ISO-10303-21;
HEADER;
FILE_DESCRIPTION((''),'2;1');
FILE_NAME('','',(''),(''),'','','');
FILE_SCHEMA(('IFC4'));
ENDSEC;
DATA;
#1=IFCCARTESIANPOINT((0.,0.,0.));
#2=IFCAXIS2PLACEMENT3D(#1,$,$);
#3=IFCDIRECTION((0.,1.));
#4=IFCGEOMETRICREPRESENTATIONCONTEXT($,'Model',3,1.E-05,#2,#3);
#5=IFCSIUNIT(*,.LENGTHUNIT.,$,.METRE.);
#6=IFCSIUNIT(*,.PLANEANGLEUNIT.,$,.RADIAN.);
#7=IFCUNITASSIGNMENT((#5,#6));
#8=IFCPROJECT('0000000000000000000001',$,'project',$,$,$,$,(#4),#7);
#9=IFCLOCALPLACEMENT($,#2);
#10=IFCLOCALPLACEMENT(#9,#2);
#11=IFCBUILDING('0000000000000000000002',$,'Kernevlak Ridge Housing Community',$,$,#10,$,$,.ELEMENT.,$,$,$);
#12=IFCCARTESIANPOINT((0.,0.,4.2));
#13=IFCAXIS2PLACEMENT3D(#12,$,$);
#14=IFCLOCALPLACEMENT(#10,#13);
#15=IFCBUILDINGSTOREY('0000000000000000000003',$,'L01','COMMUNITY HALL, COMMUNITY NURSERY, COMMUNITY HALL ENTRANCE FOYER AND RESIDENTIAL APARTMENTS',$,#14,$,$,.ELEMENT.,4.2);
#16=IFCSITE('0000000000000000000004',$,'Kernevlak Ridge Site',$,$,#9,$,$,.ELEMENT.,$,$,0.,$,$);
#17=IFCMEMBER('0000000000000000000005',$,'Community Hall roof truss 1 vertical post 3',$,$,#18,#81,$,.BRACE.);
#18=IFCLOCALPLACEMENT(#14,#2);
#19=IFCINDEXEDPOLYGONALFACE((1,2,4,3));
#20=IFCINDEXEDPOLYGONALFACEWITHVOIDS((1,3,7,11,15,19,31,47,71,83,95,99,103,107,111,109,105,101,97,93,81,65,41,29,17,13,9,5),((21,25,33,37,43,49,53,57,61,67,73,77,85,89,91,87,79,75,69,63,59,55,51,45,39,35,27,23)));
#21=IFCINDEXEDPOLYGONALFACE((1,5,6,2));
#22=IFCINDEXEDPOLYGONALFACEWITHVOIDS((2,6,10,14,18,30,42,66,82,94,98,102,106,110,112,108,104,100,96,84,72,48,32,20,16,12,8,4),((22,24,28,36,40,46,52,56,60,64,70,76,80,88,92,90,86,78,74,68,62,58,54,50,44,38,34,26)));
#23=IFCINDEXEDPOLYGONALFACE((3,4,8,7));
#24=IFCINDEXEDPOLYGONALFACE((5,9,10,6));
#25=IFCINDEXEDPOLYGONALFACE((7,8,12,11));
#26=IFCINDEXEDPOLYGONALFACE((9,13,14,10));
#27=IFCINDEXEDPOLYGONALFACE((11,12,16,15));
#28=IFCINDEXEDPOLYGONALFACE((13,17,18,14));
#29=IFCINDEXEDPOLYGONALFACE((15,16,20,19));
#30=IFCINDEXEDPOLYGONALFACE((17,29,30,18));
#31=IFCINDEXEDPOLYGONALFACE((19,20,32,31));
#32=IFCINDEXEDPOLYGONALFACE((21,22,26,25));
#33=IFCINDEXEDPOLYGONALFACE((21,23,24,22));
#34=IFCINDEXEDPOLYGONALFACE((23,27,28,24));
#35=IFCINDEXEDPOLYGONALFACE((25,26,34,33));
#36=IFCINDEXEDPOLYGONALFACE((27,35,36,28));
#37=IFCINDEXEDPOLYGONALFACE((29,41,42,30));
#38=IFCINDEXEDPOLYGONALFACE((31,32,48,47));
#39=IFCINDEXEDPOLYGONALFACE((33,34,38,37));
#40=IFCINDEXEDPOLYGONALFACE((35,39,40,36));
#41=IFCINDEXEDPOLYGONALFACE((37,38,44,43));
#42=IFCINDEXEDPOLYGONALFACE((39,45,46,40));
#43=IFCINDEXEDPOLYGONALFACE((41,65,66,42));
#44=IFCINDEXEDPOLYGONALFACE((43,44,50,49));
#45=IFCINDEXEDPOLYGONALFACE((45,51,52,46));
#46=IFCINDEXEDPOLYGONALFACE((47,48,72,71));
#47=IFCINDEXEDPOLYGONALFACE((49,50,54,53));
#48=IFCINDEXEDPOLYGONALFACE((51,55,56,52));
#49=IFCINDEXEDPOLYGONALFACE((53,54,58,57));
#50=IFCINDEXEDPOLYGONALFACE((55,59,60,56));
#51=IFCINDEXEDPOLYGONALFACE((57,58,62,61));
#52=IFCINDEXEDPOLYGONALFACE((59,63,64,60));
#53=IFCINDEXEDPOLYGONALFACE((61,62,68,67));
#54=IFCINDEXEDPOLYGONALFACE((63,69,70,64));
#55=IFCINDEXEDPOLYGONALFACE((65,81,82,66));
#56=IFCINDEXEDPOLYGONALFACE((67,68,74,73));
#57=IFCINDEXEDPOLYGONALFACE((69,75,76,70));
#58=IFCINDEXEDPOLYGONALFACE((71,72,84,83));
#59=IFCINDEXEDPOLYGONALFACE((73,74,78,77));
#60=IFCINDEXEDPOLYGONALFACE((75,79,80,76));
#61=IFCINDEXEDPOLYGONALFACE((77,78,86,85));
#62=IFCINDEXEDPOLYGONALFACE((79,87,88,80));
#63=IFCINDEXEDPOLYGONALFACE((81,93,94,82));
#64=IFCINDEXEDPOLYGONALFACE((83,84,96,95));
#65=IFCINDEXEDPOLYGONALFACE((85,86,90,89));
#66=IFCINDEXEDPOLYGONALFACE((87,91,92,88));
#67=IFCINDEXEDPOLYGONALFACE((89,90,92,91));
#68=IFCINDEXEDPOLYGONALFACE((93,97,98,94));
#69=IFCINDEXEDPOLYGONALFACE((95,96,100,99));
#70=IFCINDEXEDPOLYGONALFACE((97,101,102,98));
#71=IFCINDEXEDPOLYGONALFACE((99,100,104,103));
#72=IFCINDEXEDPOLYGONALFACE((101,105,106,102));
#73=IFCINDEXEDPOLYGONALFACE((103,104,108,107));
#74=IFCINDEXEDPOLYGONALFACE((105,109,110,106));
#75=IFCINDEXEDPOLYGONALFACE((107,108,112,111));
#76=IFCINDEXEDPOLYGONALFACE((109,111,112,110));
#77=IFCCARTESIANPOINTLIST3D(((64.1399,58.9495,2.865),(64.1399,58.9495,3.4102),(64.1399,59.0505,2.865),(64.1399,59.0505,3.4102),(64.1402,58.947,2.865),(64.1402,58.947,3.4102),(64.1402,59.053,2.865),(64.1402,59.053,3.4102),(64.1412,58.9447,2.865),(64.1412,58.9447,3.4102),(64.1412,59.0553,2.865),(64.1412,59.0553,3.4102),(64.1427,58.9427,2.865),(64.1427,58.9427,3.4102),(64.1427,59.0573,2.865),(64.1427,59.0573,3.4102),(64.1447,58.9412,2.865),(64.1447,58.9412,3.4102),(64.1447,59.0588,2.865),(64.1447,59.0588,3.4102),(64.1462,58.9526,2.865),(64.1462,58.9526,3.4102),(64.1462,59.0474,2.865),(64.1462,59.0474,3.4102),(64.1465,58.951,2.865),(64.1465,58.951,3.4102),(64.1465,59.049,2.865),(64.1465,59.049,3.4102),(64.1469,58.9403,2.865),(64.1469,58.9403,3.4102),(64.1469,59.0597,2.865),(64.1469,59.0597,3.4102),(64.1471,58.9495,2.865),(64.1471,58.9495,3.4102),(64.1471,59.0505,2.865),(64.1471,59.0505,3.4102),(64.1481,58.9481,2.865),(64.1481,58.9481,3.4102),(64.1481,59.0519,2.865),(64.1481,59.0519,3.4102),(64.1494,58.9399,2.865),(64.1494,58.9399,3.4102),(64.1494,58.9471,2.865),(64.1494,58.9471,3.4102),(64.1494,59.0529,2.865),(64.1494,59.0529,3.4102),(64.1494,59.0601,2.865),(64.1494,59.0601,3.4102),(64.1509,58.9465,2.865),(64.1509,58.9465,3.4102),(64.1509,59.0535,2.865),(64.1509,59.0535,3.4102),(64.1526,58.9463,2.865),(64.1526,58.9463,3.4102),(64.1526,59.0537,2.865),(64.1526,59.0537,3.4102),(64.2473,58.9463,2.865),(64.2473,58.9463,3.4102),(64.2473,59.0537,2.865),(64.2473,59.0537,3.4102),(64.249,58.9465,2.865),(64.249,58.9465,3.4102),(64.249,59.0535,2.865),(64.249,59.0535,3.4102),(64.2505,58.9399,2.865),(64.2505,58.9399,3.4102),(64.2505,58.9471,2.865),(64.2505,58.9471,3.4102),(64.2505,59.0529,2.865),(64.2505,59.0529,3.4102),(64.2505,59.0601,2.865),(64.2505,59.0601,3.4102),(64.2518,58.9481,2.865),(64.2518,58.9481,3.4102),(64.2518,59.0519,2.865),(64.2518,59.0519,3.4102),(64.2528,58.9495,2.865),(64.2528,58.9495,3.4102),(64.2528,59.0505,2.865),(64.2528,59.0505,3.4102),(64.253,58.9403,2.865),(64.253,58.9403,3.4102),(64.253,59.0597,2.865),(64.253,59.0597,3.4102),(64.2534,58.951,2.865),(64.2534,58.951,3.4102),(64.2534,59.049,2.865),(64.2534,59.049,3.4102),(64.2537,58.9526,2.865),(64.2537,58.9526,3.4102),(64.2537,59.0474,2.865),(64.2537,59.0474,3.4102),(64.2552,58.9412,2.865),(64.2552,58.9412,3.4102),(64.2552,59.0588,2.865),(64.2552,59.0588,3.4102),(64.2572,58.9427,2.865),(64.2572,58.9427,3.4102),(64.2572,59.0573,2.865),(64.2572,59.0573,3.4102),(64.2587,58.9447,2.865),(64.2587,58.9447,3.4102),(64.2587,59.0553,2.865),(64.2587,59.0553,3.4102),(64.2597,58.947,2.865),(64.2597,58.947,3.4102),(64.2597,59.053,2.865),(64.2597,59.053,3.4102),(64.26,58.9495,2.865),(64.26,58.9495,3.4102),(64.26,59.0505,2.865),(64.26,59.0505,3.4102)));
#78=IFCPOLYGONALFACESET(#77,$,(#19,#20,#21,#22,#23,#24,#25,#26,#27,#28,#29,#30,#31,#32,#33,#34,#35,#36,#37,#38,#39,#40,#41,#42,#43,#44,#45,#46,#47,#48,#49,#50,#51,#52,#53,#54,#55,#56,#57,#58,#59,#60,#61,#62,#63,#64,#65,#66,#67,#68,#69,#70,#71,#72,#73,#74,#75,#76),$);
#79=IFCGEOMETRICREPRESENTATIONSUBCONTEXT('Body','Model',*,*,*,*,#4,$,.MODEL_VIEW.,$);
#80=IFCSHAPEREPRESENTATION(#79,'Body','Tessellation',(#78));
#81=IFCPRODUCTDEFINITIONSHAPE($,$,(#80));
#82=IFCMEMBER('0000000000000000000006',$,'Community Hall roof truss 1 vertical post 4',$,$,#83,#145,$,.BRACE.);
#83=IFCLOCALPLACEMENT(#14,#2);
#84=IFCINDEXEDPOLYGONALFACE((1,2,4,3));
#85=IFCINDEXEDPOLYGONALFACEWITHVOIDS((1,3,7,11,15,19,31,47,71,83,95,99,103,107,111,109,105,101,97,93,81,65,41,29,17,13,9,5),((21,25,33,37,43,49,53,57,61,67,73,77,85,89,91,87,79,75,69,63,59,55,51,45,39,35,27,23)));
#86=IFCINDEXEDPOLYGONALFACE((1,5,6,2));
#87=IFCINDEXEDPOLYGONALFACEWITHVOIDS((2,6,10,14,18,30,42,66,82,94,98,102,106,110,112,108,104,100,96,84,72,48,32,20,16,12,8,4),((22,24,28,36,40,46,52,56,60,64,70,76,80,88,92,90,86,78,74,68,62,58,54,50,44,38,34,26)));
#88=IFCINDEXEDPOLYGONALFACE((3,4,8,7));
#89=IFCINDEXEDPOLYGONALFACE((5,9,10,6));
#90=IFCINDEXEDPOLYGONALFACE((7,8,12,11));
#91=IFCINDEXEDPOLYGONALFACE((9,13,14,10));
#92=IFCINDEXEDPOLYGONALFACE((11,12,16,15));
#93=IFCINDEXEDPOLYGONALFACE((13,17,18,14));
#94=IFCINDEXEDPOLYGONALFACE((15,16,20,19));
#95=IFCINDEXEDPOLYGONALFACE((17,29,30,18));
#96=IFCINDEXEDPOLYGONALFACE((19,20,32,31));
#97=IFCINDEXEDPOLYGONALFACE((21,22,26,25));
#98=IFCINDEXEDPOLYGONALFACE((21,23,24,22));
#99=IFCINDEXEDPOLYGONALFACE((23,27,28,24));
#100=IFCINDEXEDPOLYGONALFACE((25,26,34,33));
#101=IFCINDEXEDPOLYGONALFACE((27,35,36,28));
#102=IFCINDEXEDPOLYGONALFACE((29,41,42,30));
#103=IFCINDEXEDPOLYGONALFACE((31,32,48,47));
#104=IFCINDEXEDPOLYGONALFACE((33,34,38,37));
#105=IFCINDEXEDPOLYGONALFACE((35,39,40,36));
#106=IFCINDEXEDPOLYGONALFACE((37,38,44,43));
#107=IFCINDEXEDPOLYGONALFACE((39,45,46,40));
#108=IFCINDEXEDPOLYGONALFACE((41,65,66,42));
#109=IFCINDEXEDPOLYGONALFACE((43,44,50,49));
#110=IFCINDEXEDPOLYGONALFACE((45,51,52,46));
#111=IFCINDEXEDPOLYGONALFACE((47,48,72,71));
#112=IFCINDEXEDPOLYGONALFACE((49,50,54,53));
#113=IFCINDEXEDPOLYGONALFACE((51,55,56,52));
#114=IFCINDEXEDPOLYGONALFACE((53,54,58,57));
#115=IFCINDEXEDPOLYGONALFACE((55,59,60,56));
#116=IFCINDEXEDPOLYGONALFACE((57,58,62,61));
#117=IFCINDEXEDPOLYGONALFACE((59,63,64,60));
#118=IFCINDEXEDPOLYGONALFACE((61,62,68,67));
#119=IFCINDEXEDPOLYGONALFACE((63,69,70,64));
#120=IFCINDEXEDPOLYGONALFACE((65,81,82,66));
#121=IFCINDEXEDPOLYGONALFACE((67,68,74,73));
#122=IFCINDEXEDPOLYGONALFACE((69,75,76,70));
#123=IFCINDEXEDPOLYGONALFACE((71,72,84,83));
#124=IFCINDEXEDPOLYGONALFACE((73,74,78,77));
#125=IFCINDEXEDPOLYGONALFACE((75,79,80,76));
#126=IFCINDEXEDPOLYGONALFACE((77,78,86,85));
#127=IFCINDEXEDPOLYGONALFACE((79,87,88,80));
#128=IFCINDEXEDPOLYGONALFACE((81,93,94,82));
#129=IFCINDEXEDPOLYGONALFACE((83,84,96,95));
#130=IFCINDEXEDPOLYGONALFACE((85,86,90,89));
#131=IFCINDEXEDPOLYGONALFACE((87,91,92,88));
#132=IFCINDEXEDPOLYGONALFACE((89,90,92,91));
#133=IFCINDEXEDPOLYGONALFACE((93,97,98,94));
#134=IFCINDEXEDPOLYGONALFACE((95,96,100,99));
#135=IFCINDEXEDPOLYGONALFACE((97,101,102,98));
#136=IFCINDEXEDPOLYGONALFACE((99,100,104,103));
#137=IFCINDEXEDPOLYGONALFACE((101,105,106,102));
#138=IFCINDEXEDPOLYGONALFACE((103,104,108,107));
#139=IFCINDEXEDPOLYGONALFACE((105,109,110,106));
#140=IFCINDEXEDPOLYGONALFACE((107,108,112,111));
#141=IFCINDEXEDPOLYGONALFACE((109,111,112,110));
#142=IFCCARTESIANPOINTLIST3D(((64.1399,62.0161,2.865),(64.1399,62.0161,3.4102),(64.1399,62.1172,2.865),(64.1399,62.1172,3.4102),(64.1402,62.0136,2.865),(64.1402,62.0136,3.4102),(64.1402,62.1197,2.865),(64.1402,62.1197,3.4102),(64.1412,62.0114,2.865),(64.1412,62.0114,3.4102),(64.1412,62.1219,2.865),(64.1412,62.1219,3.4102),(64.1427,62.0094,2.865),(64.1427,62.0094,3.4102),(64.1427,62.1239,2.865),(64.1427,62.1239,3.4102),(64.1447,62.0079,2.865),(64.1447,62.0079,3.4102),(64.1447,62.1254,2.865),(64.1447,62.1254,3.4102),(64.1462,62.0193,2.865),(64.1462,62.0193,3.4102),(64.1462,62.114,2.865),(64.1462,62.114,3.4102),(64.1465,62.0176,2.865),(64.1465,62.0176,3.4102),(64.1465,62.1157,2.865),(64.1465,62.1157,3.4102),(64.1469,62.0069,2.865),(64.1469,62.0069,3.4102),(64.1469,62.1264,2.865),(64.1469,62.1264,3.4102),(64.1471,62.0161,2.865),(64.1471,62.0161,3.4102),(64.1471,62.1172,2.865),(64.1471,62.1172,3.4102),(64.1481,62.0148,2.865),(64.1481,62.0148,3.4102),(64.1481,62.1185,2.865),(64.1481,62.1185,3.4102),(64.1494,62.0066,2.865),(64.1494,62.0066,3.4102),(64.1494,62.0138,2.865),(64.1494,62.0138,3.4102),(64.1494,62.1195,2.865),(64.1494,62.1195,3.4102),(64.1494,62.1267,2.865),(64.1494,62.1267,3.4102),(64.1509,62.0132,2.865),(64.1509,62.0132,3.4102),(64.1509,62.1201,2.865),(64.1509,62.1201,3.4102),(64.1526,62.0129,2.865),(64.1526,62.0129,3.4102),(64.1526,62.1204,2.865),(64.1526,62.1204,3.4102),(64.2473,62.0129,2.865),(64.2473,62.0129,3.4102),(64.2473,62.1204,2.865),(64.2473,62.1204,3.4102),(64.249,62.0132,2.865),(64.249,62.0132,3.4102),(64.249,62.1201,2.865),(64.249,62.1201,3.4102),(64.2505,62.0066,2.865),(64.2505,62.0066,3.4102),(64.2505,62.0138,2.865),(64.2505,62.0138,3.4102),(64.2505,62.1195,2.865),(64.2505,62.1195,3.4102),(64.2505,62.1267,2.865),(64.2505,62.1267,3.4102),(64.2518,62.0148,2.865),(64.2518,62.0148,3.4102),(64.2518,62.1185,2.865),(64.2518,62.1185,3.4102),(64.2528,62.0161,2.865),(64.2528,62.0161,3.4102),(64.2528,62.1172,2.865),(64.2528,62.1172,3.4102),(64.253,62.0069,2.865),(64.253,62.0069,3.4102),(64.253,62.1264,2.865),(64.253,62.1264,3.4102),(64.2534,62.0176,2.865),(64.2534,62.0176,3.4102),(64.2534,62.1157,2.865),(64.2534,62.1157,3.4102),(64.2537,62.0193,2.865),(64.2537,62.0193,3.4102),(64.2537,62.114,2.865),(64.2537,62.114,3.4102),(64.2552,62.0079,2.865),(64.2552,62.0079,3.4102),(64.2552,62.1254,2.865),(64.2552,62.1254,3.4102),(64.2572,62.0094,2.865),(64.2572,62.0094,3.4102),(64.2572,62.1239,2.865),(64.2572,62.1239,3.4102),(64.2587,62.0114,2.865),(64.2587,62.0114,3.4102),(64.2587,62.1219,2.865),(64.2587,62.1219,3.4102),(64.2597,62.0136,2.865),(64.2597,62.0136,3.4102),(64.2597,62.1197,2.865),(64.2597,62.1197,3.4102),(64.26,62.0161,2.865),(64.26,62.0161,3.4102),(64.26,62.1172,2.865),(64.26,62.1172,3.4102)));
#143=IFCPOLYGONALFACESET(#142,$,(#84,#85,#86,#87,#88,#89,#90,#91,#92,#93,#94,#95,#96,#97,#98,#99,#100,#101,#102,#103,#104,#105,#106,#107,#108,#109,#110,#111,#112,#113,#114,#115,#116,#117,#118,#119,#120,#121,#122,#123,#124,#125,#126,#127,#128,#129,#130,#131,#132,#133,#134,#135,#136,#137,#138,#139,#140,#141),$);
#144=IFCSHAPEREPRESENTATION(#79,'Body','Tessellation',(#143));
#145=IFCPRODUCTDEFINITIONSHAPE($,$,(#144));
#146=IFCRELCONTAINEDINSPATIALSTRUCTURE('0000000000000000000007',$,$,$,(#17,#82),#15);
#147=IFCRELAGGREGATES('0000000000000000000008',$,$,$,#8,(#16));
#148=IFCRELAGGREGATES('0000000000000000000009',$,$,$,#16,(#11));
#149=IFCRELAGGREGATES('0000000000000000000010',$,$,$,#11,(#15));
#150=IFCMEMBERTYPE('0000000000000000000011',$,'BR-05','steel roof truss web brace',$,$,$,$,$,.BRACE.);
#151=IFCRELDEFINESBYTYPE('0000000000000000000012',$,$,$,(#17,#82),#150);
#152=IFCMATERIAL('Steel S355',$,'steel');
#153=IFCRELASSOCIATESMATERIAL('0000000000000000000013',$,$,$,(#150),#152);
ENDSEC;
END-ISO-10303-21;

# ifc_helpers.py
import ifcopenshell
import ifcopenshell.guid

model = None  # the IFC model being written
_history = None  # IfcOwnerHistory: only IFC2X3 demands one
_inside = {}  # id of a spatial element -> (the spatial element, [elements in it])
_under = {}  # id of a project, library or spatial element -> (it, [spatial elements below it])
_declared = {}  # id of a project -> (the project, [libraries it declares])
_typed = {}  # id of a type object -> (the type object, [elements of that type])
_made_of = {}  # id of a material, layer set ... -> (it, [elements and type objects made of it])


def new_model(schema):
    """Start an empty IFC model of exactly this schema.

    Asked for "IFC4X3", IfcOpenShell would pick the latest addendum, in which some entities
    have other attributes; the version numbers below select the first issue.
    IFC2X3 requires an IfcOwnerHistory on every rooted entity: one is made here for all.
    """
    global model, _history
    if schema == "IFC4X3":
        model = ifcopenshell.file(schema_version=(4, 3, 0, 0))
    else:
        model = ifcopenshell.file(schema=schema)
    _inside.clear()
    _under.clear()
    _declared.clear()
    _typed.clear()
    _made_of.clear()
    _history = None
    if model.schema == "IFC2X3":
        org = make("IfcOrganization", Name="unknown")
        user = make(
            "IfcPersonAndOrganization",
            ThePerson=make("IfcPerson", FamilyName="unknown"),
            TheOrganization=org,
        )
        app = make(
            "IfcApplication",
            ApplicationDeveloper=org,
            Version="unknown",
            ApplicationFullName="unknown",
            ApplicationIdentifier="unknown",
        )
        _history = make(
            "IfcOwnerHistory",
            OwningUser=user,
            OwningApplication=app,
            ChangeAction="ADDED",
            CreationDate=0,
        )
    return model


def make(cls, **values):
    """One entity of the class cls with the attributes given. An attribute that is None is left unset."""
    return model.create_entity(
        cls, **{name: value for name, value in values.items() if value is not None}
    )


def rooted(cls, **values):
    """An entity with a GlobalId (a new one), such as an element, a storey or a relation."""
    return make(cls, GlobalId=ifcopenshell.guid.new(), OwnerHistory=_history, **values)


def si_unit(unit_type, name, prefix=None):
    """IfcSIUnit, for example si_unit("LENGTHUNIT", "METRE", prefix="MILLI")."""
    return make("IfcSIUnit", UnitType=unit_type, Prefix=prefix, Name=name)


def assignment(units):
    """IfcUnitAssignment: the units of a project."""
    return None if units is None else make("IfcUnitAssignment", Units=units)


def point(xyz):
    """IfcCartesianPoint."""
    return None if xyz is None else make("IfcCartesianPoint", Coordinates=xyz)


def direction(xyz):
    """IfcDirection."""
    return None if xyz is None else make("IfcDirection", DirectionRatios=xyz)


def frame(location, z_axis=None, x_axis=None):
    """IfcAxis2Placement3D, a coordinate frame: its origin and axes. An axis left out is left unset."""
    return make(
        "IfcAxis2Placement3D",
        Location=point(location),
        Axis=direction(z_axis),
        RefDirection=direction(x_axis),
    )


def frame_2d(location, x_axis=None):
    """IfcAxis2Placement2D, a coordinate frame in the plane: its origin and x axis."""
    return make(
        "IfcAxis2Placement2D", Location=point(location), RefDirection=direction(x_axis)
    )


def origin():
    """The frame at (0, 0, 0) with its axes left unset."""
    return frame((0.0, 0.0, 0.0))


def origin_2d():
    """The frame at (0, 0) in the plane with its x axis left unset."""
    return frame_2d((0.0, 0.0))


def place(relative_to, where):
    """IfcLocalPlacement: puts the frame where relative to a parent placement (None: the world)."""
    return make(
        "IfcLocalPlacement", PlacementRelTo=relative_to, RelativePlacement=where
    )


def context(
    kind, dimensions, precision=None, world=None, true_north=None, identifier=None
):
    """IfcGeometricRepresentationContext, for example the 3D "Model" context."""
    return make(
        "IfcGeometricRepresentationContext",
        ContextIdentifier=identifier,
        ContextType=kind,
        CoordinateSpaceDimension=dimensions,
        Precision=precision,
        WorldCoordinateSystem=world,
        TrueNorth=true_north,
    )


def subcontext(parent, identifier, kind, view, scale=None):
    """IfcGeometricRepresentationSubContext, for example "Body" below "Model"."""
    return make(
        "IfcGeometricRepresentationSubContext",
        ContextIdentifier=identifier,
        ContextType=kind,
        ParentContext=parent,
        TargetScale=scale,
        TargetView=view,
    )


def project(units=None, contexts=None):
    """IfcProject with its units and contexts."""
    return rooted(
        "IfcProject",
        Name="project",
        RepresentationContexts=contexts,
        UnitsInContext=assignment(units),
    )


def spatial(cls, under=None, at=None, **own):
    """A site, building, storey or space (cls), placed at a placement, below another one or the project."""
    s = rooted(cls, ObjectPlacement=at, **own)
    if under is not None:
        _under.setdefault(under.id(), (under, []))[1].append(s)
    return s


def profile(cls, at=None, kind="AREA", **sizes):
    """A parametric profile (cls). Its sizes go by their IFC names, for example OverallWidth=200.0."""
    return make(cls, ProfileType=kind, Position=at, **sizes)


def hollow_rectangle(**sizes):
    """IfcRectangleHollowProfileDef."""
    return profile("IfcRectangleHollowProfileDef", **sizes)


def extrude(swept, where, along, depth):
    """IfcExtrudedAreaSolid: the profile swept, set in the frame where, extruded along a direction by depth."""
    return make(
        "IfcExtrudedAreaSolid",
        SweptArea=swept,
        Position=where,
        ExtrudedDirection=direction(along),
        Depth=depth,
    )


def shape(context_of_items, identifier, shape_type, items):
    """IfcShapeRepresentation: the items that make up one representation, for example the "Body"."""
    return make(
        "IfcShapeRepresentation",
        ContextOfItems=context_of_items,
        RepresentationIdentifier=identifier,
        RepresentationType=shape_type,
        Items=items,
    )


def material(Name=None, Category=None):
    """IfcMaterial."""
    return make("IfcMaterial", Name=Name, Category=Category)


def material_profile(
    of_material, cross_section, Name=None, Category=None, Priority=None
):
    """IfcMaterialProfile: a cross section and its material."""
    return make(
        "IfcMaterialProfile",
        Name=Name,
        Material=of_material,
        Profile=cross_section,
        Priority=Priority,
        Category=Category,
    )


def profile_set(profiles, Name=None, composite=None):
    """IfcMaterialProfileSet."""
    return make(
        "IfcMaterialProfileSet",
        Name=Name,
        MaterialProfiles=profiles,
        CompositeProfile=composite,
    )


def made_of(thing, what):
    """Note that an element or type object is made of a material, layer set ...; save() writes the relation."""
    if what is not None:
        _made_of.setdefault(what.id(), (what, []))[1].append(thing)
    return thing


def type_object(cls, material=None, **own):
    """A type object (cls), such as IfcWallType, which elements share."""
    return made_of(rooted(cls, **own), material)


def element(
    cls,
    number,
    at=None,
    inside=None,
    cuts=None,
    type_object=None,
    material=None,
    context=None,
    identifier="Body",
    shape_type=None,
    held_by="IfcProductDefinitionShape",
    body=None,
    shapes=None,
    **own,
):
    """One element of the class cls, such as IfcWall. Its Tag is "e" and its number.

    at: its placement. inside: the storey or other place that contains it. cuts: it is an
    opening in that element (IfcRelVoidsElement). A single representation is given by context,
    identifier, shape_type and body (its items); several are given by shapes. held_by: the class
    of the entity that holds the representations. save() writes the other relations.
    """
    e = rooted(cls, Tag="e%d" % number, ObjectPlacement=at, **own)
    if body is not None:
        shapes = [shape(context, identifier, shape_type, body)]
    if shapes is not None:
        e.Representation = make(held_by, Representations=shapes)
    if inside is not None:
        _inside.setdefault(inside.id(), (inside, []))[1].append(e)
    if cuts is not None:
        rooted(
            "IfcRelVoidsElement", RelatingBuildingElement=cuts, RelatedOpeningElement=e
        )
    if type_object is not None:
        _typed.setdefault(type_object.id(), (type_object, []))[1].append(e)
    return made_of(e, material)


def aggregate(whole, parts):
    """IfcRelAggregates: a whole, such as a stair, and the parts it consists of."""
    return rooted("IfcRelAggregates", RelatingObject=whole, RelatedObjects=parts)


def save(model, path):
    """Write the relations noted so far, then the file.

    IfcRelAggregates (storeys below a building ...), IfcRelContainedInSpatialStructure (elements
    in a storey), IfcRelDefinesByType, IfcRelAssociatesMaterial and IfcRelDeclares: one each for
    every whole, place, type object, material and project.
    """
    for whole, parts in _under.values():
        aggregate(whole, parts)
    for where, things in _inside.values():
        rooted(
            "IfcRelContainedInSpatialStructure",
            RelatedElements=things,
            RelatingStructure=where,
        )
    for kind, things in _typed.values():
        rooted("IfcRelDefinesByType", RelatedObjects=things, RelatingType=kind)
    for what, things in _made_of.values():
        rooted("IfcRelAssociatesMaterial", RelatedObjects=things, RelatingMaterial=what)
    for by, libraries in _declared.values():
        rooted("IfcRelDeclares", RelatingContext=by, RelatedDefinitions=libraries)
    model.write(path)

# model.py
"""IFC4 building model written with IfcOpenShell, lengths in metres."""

from ifc_helpers import new_model, si_unit, direction, frame, origin, origin_2d, place, context, subcontext, project, spatial, hollow_rectangle, extrude, material, material_profile, profile_set, type_object, element, save


model = new_model("IFC4")

# Units and contexts
model_context = context("Model", 3, precision=1e-05, world=origin(), true_north=direction((0.0, 1.0)))
body_context = subcontext(model_context, "Body", "Model", "MODEL_VIEW")
ifc_project = project(units=[si_unit("LENGTHUNIT", "METRE"), si_unit("PLANEANGLEUNIT", "RADIAN")], contexts=[model_context])

# Site, building, storey
site_placement = place(None, origin())
site = spatial("IfcSite", under=ifc_project, at=site_placement, Name="Kernevlak Ridge Site", CompositionType="ELEMENT", RefElevation=0.0)
building_placement = place(site_placement, origin())
building = spatial("IfcBuilding", under=site, at=building_placement, Name="Kernevlak Ridge Housing Community", CompositionType="ELEMENT")
storey_placement = place(building_placement, frame((0.0, 0.0, 4.2)))
storey = spatial("IfcBuildingStorey", under=building, at=storey_placement, Name="L01", Description="COMMUNITY HALL, COMMUNITY NURSERY, COMMUNITY HALL ENTRANCE FOYER AND RESIDENTIAL APARTMENTS", CompositionType="ELEMENT", Elevation=4.2)

# Members
ifc_material_1 = material(Name="Steel S355", Category="steel")
ifc_material_profile_1 = material_profile(ifc_material_1, hollow_rectangle(XDim=0.1201, YDim=0.1201, WallThickness=0.0063, InnerFilletRadius=0.0063, OuterFilletRadius=0.0095, at=origin_2d()), Name="SHS 120x120x6.3")
ifc_profile_set_1 = profile_set([ifc_material_profile_1], Name="Steel S355")
member_type_1 = type_object("IfcMemberType", Name="BR-05", Description="steel roof truss web brace", PredefinedType="BRACE", material=ifc_profile_set_1)
for number, where, z_axis, x_axis, name in (
    (1, (64.2, 59.0, 2.865), (0.0, 0.0, 1.0), (1.0, 0.0, 0.0), "Community Hall roof truss 1 vertical post 3"),
    (2, (64.2, 62.0667, 2.865), (0.0, 0.0, 1.0), (1.0, 0.0, 0.0), "Community Hall roof truss 1 vertical post 4"),
):
    element("IfcMember", number, at=place(storey_placement, frame(where, z_axis=z_axis, x_axis=x_axis)), inside=storey, type_object=member_type_1, Name=name, PredefinedType="BRACE", context=body_context, shape_type="SweptSolid", body=[
        extrude(hollow_rectangle(XDim=0.1201, YDim=0.1201, WallThickness=0.0063, InnerFilletRadius=0.0063, OuterFilletRadius=0.0095, at=origin_2d()), origin(), (0.0, 0.0, 1.0), 0.5452),
    ])

save(model, "model.ifc")
